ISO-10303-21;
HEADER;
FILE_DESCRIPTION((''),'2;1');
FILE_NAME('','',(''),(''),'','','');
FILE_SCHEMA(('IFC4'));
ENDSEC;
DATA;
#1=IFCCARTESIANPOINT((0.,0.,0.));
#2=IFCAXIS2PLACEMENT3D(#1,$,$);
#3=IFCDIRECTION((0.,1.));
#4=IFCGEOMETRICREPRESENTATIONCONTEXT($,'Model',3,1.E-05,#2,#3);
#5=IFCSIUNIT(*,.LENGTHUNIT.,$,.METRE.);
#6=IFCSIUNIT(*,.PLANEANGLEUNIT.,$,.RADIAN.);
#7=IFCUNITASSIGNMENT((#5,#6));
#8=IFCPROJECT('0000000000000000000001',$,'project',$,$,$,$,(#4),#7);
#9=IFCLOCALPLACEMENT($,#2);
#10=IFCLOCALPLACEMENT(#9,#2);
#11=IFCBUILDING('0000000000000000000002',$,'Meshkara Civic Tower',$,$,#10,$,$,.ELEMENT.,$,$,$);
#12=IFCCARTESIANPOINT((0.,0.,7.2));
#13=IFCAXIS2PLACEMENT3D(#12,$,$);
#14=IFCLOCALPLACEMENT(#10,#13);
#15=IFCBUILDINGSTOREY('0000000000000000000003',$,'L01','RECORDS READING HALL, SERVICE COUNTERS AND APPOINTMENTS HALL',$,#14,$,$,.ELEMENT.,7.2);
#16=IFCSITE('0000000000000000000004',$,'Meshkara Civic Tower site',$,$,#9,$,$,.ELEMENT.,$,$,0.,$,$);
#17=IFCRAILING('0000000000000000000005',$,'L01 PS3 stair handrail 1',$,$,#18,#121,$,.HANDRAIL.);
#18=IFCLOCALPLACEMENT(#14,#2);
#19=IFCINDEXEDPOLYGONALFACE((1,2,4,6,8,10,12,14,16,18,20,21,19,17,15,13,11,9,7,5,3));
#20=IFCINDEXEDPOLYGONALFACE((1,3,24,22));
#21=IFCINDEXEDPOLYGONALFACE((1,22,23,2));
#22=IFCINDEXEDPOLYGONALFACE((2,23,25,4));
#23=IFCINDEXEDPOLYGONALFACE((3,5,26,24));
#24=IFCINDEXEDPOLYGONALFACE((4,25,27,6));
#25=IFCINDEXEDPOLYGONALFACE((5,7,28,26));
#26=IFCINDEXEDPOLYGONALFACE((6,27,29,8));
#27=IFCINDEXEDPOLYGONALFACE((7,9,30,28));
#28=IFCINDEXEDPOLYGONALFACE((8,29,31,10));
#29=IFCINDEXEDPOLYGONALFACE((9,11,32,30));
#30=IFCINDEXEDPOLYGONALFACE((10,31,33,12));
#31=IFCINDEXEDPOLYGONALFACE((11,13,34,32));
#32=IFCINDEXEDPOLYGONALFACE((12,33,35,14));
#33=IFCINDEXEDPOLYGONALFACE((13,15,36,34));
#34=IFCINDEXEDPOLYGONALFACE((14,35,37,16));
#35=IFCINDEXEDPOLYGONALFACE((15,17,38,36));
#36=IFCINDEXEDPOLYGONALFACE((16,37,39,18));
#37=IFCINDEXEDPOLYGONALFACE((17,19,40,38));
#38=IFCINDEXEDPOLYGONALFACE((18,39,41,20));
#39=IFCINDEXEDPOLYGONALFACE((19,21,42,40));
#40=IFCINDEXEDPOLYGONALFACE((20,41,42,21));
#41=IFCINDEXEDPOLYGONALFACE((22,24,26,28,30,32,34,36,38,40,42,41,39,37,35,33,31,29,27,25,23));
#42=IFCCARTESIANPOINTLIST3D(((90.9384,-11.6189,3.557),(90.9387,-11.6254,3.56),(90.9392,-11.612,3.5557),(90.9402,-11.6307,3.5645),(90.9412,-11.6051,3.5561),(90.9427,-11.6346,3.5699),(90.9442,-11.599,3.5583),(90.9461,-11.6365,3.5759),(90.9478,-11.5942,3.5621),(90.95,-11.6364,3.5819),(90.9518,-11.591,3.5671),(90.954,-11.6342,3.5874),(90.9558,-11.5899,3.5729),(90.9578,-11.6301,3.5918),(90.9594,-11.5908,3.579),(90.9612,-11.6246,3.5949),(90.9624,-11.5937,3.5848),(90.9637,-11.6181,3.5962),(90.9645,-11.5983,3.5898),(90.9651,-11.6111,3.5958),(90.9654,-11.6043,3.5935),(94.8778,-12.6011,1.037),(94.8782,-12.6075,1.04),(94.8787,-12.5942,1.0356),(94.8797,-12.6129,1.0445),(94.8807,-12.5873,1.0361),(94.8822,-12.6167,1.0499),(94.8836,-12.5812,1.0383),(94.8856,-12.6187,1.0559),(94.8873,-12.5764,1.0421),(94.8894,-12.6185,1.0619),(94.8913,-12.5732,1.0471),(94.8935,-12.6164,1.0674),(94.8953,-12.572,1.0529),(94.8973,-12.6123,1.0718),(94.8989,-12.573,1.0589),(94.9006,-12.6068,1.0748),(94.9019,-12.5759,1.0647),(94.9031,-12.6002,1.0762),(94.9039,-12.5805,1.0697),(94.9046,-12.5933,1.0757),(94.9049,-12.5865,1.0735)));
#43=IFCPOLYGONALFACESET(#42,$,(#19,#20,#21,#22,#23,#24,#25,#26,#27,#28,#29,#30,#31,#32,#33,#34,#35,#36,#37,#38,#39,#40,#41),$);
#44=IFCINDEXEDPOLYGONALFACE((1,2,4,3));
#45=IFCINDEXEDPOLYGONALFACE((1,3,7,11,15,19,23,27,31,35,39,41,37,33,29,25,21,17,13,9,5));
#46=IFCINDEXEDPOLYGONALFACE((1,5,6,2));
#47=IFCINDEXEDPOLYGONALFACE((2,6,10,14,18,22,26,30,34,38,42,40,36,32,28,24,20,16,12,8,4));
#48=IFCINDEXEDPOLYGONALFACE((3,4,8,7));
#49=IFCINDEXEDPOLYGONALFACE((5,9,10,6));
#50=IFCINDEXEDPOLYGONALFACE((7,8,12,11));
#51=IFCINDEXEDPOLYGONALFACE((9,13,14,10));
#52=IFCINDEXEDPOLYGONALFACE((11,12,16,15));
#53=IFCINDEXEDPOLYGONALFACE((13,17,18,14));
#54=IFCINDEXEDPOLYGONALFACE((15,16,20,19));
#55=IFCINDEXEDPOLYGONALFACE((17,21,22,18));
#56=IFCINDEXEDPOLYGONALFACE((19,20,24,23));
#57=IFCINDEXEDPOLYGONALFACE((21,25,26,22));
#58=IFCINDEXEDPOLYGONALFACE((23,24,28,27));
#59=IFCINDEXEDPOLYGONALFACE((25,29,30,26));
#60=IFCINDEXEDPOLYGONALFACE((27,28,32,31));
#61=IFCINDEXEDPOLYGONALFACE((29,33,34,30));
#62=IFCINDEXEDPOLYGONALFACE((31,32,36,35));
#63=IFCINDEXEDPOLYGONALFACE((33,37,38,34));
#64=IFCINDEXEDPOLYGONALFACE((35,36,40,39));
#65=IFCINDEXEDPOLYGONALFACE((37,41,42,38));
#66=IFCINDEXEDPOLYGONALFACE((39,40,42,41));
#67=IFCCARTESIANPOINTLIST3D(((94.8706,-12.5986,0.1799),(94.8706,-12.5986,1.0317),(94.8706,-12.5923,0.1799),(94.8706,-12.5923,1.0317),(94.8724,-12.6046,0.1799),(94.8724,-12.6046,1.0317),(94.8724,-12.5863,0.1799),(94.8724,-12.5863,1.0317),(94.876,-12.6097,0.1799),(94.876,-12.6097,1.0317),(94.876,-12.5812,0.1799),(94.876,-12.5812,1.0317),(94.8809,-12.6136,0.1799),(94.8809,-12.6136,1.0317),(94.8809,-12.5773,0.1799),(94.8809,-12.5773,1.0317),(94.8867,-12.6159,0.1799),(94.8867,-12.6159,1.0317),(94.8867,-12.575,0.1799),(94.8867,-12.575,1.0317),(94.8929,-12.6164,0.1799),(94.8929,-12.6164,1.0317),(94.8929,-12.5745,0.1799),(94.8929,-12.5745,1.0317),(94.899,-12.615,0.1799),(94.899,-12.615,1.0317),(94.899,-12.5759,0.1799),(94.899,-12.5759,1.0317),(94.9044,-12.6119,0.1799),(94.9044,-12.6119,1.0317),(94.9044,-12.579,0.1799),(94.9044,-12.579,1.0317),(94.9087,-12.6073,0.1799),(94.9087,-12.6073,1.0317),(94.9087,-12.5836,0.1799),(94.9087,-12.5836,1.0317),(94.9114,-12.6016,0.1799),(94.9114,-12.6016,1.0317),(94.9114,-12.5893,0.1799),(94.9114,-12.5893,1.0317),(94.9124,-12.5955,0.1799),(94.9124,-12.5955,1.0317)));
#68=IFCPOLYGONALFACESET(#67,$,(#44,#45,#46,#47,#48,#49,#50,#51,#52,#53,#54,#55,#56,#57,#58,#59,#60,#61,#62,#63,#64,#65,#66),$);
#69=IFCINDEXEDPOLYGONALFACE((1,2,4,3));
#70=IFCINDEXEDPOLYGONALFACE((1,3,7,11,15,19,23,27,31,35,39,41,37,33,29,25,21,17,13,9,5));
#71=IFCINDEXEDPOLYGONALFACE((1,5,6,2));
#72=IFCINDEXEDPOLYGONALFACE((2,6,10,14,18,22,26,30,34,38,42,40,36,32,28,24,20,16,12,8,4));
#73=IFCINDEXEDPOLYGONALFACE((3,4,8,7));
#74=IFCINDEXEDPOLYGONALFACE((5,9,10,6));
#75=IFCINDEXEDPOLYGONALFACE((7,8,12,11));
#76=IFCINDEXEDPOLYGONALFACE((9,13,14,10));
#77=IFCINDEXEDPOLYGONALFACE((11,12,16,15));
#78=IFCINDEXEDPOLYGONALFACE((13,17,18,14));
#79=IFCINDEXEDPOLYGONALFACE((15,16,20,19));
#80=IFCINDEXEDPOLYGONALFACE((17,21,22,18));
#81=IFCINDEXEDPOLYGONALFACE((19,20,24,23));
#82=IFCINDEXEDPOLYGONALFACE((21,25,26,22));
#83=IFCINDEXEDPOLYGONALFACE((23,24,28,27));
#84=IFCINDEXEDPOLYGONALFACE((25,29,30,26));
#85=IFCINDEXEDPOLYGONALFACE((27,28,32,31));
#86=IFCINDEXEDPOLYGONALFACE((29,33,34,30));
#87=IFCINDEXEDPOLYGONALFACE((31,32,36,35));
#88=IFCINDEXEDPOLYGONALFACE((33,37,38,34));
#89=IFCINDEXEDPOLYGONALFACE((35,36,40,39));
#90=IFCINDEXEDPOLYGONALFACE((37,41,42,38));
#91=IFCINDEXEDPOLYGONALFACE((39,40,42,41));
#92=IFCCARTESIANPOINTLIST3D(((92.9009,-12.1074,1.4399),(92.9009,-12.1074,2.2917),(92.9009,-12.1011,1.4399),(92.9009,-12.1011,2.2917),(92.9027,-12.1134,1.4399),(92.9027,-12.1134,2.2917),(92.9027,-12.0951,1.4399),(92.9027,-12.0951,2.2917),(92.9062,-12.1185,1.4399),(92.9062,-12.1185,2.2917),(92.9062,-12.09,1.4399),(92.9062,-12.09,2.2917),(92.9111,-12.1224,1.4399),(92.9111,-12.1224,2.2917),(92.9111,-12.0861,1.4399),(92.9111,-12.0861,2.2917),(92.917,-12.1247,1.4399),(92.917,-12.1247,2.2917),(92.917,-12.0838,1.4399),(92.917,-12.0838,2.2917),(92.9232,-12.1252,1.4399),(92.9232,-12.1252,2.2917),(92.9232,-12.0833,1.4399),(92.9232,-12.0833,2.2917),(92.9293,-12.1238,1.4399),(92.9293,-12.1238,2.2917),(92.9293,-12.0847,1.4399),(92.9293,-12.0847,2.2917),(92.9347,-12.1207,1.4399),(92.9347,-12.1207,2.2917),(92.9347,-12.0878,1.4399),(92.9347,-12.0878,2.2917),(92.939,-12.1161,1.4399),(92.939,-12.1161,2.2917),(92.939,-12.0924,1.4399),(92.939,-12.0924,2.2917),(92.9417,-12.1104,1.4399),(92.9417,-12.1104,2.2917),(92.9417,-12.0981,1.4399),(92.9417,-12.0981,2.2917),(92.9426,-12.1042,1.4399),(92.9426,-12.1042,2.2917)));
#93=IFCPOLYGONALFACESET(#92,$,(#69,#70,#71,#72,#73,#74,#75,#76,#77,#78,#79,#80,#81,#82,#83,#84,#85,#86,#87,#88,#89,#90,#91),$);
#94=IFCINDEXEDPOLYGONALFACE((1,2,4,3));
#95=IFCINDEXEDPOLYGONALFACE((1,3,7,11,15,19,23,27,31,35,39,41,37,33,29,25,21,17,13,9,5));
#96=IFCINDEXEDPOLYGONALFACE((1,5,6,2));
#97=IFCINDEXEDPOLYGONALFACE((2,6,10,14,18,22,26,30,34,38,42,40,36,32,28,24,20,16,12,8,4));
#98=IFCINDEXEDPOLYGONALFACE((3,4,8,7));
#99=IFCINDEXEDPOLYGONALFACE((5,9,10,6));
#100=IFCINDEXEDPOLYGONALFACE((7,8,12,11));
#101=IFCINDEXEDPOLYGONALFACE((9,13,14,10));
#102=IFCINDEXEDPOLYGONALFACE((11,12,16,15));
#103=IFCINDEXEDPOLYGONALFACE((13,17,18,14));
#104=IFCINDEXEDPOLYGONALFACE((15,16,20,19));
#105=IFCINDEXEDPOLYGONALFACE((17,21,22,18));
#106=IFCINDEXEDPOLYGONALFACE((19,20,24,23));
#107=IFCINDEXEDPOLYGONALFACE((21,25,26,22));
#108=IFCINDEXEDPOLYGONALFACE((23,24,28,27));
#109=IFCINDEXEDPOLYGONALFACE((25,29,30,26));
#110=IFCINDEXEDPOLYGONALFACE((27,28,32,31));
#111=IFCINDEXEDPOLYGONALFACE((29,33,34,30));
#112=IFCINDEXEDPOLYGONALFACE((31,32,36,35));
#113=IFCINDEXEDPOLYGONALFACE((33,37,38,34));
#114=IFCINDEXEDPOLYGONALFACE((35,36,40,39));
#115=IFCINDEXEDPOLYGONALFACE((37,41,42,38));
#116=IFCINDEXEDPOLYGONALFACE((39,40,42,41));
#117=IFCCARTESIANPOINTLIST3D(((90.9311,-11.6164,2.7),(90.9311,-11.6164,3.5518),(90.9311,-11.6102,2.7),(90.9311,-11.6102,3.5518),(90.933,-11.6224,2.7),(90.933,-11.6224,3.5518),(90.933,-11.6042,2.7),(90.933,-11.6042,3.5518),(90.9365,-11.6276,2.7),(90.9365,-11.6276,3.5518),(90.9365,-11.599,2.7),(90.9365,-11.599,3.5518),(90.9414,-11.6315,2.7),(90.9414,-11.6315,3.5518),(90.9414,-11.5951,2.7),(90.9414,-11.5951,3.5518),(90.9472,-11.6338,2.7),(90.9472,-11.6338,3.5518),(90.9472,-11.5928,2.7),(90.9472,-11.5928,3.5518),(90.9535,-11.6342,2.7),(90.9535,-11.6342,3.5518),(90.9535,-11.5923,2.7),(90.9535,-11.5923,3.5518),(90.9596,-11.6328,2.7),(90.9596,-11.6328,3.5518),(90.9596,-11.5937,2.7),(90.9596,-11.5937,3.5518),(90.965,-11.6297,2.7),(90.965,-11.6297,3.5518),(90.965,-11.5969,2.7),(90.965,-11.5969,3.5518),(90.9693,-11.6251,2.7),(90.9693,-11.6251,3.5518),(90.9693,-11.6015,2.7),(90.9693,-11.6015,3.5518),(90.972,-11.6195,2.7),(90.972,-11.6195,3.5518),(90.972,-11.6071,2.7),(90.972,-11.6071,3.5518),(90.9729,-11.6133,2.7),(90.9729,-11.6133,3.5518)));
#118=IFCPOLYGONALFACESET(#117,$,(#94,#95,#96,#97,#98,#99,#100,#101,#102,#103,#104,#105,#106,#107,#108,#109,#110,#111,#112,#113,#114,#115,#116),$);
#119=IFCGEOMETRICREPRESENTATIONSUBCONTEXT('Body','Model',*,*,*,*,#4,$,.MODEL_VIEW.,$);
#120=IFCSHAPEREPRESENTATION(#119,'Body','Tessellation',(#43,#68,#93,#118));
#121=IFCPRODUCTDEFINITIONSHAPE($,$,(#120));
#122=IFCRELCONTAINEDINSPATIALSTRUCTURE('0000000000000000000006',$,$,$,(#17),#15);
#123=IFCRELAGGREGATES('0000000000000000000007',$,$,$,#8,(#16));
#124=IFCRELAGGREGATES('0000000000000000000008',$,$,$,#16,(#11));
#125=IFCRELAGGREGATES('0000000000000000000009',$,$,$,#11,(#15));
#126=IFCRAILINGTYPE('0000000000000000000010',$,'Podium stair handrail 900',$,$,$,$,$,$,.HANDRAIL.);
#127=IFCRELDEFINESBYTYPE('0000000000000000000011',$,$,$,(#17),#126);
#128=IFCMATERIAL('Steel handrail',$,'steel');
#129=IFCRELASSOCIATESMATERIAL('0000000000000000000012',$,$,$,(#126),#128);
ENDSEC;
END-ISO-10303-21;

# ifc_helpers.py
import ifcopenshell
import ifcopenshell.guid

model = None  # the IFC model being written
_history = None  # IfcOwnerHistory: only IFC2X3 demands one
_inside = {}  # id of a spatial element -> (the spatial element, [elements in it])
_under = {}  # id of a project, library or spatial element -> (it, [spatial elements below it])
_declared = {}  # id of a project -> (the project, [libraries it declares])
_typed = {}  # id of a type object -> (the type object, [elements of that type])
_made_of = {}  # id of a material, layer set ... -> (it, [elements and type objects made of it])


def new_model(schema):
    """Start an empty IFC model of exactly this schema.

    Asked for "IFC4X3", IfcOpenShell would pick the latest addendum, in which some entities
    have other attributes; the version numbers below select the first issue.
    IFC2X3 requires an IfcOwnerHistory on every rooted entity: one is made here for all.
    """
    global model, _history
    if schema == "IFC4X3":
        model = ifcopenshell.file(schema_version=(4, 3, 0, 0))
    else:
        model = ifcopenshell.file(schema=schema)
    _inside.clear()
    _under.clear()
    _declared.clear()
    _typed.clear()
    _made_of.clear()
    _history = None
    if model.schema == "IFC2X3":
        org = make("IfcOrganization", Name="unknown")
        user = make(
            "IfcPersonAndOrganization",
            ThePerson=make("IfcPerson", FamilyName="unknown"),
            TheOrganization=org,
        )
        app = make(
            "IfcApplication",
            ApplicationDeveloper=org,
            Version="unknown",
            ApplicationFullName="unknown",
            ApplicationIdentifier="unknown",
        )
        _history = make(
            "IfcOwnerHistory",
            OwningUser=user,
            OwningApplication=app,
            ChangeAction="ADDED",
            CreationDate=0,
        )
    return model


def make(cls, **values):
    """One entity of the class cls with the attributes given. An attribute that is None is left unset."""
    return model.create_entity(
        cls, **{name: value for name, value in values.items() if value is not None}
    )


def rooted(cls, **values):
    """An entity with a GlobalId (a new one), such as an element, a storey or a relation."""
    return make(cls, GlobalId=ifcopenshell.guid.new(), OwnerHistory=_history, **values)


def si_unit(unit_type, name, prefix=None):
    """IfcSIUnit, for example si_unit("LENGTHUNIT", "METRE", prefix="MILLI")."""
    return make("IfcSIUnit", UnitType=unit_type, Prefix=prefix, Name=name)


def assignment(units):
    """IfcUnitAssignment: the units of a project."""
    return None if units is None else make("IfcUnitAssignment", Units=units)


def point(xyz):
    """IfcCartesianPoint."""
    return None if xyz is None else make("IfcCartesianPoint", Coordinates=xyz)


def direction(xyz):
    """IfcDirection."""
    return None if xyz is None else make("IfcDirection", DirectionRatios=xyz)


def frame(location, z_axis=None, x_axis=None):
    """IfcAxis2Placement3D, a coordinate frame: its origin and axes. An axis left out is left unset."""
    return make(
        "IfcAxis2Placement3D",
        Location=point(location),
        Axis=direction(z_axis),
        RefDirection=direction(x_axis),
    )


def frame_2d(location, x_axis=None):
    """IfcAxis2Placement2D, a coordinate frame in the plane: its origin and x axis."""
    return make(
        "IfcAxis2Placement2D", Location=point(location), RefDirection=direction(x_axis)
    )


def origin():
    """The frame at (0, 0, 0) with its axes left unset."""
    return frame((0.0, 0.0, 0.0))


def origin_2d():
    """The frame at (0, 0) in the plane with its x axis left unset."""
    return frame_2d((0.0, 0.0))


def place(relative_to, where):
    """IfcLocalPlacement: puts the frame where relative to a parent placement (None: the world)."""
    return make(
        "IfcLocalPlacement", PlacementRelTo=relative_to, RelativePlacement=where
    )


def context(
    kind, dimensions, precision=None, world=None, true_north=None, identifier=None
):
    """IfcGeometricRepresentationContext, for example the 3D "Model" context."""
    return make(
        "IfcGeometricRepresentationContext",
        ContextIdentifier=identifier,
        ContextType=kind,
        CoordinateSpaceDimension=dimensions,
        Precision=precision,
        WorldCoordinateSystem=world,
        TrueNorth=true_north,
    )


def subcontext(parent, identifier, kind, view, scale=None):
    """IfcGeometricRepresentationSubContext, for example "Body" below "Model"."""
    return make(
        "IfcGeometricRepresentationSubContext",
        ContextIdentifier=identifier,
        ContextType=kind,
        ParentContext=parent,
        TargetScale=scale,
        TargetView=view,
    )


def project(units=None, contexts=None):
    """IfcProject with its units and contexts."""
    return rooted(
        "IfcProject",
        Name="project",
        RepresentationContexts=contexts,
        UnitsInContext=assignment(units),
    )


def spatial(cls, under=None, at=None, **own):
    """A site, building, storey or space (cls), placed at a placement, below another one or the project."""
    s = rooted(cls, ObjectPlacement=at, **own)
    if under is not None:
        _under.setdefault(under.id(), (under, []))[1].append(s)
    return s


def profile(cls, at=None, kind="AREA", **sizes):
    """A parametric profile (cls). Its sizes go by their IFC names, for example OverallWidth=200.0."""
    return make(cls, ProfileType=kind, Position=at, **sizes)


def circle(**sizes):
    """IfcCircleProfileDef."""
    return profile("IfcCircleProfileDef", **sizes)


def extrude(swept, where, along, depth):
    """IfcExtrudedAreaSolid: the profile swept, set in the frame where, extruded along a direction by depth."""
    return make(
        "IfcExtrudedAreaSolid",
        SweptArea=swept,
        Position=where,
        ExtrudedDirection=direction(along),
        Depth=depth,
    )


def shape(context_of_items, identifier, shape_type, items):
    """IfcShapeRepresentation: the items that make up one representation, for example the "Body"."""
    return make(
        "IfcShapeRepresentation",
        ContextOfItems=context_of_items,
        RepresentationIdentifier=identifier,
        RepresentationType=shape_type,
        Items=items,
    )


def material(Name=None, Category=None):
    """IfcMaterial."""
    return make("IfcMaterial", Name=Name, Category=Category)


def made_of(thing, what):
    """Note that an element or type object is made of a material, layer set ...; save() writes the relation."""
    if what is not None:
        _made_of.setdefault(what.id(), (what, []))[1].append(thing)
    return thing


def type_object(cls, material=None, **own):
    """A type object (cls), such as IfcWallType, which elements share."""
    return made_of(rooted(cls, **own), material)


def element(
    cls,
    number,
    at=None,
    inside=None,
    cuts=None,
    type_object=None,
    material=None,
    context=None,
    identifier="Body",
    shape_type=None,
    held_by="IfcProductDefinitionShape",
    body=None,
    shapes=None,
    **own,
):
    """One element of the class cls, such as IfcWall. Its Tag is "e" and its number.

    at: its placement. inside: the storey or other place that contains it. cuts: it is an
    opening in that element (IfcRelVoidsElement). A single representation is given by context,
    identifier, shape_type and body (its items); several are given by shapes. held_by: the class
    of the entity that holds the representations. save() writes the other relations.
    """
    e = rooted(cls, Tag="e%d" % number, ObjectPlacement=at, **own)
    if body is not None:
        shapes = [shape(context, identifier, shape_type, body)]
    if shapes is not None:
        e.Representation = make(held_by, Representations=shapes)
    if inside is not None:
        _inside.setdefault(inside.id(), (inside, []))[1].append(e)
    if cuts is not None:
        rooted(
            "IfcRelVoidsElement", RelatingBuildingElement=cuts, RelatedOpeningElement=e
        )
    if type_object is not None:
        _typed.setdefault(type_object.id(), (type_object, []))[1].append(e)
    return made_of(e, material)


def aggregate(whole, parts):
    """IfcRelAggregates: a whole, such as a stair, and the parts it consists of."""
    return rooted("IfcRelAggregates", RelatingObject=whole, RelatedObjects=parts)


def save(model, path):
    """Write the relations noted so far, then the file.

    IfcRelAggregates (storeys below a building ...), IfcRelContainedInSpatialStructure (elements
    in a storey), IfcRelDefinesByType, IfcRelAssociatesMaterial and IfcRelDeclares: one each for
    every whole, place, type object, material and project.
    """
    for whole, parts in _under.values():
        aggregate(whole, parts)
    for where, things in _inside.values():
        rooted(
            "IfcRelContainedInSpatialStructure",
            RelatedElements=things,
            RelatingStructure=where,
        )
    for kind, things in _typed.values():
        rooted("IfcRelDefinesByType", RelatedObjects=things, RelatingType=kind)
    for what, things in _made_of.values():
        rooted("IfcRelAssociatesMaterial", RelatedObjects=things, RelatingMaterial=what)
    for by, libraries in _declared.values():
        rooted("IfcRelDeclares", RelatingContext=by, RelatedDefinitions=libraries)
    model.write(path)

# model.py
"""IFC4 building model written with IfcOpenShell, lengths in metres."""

from ifc_helpers import new_model, si_unit, direction, frame, origin, origin_2d, place, context, subcontext, project, spatial, circle, extrude, material, type_object, element, save


model = new_model("IFC4")

# Units and contexts
model_context = context("Model", 3, precision=1e-05, world=origin(), true_north=direction((0.0, 1.0)))
body_context = subcontext(model_context, "Body", "Model", "MODEL_VIEW")
ifc_project = project(units=[si_unit("LENGTHUNIT", "METRE"), si_unit("PLANEANGLEUNIT", "RADIAN")], contexts=[model_context])

# Site, building, storey
site_placement = place(None, origin())
site = spatial("IfcSite", under=ifc_project, at=site_placement, Name="Meshkara Civic Tower site", CompositionType="ELEMENT", RefElevation=0.0)
building_placement = place(site_placement, origin())
building = spatial("IfcBuilding", under=site, at=building_placement, Name="Meshkara Civic Tower", CompositionType="ELEMENT")
storey_placement = place(building_placement, frame((0.0, 0.0, 7.2)))
storey = spatial("IfcBuildingStorey", under=building, at=storey_placement, Name="L01", Description="RECORDS READING HALL, SERVICE COUNTERS AND APPOINTMENTS HALL", CompositionType="ELEMENT", Elevation=7.2)

# Railing
ifc_material_1 = material(Name="Steel handrail", Category="steel")
railing_type_1 = type_object("IfcRailingType", Name="Podium stair handrail 900", PredefinedType="HANDRAIL", material=ifc_material_1)
railing_1_placement = place(storey_placement, frame((94.8914, -12.5955, 0.1799)))
element("IfcRailing", 1, at=railing_1_placement, inside=storey, type_object=railing_type_1, Name="L01 PS3 stair handrail 1", PredefinedType="HANDRAIL", context=body_context, shape_type="SweptSolid", body=[
    extrude(circle(Radius=0.0239, at=origin_2d()), frame((0.0, 0.0, 0.876), z_axis=(-0.824405, 0.205539, 0.527362), x_axis=(-0.241913, -0.970298, 0.0)), (0.0, 0.0, 1.0), 4.7786),
    extrude(circle(Radius=0.021, at=origin_2d()), origin(), (0.0, 0.0, 1.0), 0.8518),
    extrude(circle(Radius=0.021, at=origin_2d()), frame((-1.9697, 0.4912, 1.26)), (0.0, 0.0, 1.0), 0.8518),
    extrude(circle(Radius=0.021, at=origin_2d()), frame((-3.9395, 0.9822, 2.52)), (0.0, 0.0, 1.0), 0.8518),
])

save(model, "model.ifc")
